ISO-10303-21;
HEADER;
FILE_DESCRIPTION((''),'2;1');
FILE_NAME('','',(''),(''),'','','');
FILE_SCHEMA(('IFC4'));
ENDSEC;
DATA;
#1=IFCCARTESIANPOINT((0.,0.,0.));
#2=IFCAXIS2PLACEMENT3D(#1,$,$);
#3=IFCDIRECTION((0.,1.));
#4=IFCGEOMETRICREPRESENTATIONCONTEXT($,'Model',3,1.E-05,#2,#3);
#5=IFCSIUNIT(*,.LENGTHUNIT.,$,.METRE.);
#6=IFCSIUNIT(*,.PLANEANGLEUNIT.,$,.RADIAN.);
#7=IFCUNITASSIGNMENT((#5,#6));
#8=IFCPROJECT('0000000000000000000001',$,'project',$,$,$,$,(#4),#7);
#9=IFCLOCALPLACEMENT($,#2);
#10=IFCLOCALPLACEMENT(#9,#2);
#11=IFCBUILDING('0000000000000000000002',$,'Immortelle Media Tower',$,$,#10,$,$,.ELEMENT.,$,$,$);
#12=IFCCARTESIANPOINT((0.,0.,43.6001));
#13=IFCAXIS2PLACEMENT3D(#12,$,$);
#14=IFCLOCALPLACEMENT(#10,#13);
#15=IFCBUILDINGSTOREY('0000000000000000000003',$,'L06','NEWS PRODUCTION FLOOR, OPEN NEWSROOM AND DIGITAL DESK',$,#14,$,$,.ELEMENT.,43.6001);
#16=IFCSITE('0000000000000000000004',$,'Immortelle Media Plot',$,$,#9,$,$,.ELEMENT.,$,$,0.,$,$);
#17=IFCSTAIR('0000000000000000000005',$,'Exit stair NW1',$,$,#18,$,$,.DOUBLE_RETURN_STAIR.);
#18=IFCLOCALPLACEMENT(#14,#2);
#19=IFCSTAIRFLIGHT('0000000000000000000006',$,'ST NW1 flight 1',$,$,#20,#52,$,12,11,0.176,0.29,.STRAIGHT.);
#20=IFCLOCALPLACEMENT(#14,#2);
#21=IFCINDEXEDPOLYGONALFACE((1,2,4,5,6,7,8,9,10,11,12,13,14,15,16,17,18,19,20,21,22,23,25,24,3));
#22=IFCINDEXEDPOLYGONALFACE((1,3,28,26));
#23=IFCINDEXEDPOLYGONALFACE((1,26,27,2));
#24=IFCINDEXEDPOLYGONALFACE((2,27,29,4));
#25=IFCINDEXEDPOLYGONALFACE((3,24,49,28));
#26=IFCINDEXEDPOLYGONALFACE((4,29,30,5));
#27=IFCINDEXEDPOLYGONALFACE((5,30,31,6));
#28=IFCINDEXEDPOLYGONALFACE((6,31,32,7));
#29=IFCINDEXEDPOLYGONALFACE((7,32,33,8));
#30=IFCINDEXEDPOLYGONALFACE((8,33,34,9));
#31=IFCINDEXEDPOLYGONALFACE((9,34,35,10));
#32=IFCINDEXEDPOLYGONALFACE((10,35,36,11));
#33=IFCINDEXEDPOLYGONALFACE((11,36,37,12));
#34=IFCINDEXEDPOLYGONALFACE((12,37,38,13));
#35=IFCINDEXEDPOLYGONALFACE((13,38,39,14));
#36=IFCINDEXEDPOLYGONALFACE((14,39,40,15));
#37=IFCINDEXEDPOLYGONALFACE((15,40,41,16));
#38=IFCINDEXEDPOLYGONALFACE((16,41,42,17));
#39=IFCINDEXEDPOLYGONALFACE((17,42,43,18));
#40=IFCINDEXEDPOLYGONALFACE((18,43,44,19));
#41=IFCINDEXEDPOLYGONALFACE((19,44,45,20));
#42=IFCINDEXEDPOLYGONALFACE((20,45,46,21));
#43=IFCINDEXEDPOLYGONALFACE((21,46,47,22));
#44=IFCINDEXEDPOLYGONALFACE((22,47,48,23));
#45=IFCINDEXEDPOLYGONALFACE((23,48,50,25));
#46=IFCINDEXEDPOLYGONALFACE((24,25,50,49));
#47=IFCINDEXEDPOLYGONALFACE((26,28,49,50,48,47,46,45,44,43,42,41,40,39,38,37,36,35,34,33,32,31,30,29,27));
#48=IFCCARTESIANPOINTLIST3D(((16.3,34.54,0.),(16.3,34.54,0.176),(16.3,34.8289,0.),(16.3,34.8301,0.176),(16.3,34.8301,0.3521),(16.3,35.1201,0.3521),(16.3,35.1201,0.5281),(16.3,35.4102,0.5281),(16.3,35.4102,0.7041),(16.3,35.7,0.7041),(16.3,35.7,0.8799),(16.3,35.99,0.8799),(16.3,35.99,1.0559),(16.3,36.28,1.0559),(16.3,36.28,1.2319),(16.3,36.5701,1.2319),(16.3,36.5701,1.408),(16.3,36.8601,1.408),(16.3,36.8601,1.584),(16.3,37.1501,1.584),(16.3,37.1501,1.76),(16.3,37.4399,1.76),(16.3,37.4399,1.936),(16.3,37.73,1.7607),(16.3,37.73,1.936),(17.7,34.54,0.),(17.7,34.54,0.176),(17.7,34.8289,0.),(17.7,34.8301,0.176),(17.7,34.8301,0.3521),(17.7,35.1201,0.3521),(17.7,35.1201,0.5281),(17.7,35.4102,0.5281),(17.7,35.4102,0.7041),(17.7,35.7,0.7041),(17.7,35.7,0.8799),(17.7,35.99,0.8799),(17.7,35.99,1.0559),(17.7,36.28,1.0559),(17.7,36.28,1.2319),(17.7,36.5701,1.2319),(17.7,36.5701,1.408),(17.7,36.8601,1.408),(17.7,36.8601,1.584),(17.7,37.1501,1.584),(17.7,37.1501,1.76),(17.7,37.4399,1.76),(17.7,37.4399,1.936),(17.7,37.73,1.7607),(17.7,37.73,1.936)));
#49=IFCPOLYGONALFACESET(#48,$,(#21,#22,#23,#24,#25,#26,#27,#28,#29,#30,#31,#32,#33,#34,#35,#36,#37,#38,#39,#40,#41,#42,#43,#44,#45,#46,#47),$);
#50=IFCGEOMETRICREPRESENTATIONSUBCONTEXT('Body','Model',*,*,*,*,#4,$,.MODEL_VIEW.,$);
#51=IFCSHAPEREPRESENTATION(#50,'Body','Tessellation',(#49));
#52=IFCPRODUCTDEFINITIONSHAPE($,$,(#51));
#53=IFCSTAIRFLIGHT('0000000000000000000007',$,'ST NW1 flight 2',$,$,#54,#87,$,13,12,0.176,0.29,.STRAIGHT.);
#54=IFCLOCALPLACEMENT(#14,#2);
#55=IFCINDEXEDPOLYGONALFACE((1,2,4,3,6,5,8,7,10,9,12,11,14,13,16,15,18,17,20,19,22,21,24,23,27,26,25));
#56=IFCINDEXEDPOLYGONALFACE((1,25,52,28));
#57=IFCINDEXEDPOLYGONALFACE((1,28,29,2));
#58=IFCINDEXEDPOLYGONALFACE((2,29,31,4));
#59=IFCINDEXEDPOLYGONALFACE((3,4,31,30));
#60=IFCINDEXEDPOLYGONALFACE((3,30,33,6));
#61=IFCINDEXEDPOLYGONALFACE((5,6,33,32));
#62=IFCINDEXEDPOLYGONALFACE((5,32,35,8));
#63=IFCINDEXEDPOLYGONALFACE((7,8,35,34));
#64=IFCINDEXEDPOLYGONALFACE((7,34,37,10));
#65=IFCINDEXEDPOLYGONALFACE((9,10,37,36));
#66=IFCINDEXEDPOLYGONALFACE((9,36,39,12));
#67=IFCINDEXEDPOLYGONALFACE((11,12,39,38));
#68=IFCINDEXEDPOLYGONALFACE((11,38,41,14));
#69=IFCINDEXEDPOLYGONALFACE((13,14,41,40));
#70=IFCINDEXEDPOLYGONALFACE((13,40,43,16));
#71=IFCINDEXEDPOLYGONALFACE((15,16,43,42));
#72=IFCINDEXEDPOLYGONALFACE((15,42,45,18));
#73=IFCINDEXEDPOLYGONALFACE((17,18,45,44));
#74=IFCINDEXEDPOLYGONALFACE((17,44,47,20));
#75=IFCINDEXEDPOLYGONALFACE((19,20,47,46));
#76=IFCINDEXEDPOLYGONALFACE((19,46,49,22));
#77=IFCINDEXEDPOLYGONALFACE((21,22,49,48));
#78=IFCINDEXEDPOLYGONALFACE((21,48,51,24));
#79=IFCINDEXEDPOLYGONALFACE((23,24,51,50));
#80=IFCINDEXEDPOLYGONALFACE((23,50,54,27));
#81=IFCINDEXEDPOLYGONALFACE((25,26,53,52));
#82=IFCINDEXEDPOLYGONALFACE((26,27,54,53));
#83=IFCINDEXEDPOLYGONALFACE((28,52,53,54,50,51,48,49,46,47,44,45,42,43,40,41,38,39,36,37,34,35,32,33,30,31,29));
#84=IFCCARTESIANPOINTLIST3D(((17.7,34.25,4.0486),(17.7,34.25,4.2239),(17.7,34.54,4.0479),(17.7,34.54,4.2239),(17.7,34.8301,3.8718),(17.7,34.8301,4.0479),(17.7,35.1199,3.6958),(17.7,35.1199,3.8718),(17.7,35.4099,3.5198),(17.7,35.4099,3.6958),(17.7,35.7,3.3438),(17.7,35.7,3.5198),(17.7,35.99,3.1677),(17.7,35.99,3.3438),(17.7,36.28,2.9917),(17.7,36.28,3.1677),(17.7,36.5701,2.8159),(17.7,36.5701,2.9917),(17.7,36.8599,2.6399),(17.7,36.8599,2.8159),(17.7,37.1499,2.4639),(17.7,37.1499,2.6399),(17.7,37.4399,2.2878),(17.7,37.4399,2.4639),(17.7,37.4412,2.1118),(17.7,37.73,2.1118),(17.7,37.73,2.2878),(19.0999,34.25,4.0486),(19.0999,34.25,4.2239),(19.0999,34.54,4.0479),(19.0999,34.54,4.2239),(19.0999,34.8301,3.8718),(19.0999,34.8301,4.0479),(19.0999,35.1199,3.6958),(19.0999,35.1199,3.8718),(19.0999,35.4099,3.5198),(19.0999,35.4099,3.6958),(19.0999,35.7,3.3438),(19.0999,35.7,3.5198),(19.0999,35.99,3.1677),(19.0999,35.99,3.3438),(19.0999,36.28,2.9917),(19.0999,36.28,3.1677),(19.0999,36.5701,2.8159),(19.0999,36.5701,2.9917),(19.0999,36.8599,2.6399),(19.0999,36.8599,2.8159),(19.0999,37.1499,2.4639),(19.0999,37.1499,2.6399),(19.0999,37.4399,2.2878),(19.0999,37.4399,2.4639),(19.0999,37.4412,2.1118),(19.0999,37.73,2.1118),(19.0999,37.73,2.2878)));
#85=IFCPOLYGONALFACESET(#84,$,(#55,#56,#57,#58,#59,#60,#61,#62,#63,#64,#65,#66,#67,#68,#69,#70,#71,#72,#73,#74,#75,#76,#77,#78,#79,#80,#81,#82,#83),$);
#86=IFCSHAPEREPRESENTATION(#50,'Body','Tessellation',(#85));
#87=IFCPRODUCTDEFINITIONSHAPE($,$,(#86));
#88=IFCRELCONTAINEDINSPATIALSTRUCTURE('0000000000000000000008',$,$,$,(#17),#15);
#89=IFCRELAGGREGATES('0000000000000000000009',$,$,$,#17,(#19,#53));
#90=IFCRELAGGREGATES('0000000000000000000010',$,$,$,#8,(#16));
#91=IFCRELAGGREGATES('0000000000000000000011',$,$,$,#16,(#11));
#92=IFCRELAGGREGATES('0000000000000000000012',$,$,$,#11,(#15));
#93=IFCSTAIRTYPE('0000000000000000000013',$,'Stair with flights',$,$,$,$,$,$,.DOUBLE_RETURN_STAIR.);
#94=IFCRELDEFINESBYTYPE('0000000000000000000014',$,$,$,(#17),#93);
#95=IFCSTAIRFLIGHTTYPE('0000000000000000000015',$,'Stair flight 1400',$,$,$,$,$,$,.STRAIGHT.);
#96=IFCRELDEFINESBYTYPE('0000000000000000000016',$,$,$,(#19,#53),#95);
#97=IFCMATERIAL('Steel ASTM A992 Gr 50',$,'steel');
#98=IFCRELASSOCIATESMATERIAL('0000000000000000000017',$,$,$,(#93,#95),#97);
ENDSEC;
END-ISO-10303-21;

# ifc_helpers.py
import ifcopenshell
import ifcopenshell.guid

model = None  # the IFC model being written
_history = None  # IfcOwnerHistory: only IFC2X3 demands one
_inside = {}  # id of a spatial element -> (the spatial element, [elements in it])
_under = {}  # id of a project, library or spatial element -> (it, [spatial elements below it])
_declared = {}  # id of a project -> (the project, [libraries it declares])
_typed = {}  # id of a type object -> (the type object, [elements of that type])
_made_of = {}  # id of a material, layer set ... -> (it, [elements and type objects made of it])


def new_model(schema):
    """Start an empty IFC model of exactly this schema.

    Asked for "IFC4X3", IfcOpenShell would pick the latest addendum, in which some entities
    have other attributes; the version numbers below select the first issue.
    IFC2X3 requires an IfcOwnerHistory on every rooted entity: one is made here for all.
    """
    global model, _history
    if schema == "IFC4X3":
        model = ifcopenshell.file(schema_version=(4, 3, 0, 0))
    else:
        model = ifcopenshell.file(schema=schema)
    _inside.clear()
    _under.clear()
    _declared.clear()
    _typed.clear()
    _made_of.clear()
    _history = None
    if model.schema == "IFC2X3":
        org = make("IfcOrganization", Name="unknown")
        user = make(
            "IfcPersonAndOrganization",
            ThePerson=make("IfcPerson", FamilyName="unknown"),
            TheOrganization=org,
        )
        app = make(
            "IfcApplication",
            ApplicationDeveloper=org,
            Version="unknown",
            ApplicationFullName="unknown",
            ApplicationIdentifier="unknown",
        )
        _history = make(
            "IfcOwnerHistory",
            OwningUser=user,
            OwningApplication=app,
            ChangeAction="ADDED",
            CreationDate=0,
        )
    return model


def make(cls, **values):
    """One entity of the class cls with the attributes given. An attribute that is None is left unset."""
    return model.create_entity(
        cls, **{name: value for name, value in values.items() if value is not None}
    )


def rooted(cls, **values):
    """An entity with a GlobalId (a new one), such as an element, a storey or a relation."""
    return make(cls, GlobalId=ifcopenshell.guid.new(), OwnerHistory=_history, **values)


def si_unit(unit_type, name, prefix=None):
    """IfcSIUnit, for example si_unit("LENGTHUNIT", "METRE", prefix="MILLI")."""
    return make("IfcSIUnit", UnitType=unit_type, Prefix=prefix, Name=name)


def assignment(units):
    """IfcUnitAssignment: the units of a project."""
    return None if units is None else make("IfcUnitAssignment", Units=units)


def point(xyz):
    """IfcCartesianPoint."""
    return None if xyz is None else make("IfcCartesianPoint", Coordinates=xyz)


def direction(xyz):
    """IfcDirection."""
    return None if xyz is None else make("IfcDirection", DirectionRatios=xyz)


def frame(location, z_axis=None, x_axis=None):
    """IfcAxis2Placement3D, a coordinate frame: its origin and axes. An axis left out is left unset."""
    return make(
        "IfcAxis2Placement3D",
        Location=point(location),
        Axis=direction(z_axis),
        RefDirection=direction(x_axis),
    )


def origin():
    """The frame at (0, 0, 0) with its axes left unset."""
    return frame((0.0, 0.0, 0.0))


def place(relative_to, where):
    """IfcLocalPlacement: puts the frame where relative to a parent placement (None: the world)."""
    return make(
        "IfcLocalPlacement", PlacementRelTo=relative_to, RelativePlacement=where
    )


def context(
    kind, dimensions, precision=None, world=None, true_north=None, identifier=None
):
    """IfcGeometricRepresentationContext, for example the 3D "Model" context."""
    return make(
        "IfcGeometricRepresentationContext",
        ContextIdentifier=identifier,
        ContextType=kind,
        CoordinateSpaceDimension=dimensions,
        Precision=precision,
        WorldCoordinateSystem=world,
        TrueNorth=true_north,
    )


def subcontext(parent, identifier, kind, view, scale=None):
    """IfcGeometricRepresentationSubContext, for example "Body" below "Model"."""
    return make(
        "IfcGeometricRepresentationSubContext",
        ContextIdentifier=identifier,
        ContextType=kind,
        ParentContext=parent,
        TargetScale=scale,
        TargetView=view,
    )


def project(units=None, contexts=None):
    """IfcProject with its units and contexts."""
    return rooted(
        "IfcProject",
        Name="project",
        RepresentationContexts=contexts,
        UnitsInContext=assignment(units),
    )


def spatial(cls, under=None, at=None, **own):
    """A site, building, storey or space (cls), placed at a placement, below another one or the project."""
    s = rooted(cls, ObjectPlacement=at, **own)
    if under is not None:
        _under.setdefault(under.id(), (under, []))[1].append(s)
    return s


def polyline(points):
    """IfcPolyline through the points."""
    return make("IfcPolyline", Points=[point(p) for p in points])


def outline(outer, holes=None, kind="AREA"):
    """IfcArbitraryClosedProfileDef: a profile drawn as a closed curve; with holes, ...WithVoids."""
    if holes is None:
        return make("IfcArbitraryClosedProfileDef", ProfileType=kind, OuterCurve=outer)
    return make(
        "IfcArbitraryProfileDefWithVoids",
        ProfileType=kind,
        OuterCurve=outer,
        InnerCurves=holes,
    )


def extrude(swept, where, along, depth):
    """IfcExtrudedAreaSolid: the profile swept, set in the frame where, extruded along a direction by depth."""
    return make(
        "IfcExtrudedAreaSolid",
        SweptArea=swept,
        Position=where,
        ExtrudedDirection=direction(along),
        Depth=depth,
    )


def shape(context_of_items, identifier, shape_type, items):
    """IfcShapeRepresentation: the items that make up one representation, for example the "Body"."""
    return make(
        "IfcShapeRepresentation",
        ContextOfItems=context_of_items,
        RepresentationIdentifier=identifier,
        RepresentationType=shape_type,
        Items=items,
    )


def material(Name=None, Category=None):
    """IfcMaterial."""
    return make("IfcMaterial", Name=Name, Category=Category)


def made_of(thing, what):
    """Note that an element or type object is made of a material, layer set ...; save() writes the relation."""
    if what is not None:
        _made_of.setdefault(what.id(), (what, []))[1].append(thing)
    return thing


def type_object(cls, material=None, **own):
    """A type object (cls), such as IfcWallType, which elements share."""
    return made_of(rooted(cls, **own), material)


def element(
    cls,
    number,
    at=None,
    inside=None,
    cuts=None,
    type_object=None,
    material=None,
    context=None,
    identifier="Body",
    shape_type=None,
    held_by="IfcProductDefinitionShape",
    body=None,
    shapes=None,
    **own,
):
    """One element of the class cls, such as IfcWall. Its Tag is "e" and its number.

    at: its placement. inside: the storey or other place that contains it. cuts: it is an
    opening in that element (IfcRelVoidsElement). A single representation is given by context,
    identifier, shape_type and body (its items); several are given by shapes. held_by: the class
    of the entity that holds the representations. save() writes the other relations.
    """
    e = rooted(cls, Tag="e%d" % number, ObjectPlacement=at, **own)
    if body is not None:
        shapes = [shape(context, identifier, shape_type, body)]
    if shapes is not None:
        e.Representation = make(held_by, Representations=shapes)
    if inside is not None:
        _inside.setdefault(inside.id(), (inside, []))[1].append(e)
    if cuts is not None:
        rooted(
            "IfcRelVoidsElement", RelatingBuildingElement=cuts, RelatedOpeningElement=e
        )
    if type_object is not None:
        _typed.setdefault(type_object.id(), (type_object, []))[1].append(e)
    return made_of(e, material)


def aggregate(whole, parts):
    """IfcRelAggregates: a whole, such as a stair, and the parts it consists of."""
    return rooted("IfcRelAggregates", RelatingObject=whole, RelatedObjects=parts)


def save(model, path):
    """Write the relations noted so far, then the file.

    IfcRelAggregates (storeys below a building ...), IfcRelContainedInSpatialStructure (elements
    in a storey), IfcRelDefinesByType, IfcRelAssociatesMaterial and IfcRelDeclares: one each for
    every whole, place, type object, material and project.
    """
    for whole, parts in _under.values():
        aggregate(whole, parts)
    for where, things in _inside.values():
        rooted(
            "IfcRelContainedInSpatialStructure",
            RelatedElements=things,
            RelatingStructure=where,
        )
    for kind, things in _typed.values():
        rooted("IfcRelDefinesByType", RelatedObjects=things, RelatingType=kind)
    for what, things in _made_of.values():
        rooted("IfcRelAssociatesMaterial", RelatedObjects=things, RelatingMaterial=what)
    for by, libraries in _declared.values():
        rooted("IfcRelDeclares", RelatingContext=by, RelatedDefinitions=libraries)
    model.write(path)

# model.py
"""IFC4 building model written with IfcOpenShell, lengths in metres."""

from ifc_helpers import new_model, si_unit, direction, frame, origin, place, context, subcontext, project, spatial, polyline, outline, extrude, material, type_object, element, aggregate, save


model = new_model("IFC4")

# Units and contexts
model_context = context("Model", 3, precision=1e-05, world=origin(), true_north=direction((0.0, 1.0)))
body_context = subcontext(model_context, "Body", "Model", "MODEL_VIEW")
ifc_project = project(units=[si_unit("LENGTHUNIT", "METRE"), si_unit("PLANEANGLEUNIT", "RADIAN")], contexts=[model_context])

# Site, building, storey
site_placement = place(None, origin())
site = spatial("IfcSite", under=ifc_project, at=site_placement, Name="Immortelle Media Plot", CompositionType="ELEMENT", RefElevation=0.0)
building_placement = place(site_placement, origin())
building = spatial("IfcBuilding", under=site, at=building_placement, Name="Immortelle Media Tower", CompositionType="ELEMENT")
storey_placement = place(building_placement, frame((0.0, 0.0, 43.6001)))
storey = spatial("IfcBuildingStorey", under=building, at=storey_placement, Name="L06", Description="NEWS PRODUCTION FLOOR, OPEN NEWSROOM AND DIGITAL DESK", CompositionType="ELEMENT", Elevation=43.6001)

# Shared definitions
ifc_material_1 = material(Name="Steel ASTM A992 Gr 50", Category="steel")

# Stair, stair flights
stair_type = type_object("IfcStairType", Name="Stair with flights", PredefinedType="DOUBLE_RETURN_STAIR", material=ifc_material_1)
stair_placement = place(storey_placement, origin())
stair = element("IfcStair", 1, at=stair_placement, inside=storey, type_object=stair_type, Name="Exit stair NW1", PredefinedType="DOUBLE_RETURN_STAIR")
stair_flight_type = type_object("IfcStairFlightType", Name="Stair flight 1400", PredefinedType="STRAIGHT", material=ifc_material_1)
stair_flight_1_placement = place(storey_placement, frame((17.0, 34.54, 0.0), z_axis=(0.0, 0.0, 1.0), x_axis=(0.0, 1.0, 0.0)))
stair_flight_1 = element("IfcStairFlight", 2, at=stair_flight_1_placement, type_object=stair_flight_type, Name="ST NW1 flight 1", NumberOfRisers=12, NumberOfTreads=11, PredefinedType="STRAIGHT", RiserHeight=0.176, TreadLength=0.29, context=body_context, shape_type="SweptSolid", body=[
    extrude(outline(polyline([(0.0, 0.0), (0.0, 0.176), (0.29, 0.176), (0.29, 0.3521), (0.5801, 0.3521), (0.5801, 0.5281), (0.8701, 0.5281), (0.8701, 0.7041), (1.1599, 0.7041), (1.1599, 0.8799), (1.45, 0.8799), (1.45, 1.0559), (1.74, 1.0559), (1.74, 1.2319), (2.03, 1.2319), (2.03, 1.408), (2.3201, 1.408), (2.3201, 1.584), (2.6101, 1.584), (2.6101, 1.76), (2.8999, 1.76), (2.8999, 1.936), (3.1899, 1.936), (3.1899, 2.1121), (3.1899, 1.7607), (0.2888, 0.0), (0.0, 0.0)])), frame((0.0, 0.7, 0.0), z_axis=(0.0, -1.0, 0.0), x_axis=(1.0, 0.0, 0.0)), (0.0, 0.0, 1.0), 1.3999),
])
stair_flight_2_placement = place(storey_placement, frame((18.3999, 37.73, 2.1118), z_axis=(0.0, 0.0, 1.0), x_axis=(0.0, -1.0, 0.0)))
stair_flight_2 = element("IfcStairFlight", 3, at=stair_flight_2_placement, type_object=stair_flight_type, Name="ST NW1 flight 2", NumberOfRisers=13, NumberOfTreads=12, PredefinedType="STRAIGHT", RiserHeight=0.176, TreadLength=0.29, context=body_context, shape_type="SweptSolid", body=[
    extrude(outline(polyline([(0.0, 0.0), (0.0, 0.176), (0.29, 0.176), (0.29, 0.3521), (0.5801, 0.3521), (0.5801, 0.5281), (0.8701, 0.5281), (0.8701, 0.7041), (1.1599, 0.7041), (1.1599, 0.8799), (1.45, 0.8799), (1.45, 1.0559), (1.74, 1.0559), (1.74, 1.2319), (2.03, 1.2319), (2.03, 1.408), (2.3201, 1.408), (2.3201, 1.584), (2.6101, 1.584), (2.6101, 1.76), (2.8999, 1.76), (2.8999, 1.936), (3.1899, 1.936), (3.1899, 2.1121), (3.48, 2.1121), (3.48, 2.2881), (3.48, 1.9368), (0.2888, 0.0), (0.0, 0.0)])), frame((0.0, 0.7, 0.0), z_axis=(0.0, -1.0, 0.0), x_axis=(1.0, 0.0, 0.0)), (0.0, 0.0, 1.0), 1.3999),
])
aggregate(stair, [stair_flight_1, stair_flight_2])

save(model, "model.ifc")
